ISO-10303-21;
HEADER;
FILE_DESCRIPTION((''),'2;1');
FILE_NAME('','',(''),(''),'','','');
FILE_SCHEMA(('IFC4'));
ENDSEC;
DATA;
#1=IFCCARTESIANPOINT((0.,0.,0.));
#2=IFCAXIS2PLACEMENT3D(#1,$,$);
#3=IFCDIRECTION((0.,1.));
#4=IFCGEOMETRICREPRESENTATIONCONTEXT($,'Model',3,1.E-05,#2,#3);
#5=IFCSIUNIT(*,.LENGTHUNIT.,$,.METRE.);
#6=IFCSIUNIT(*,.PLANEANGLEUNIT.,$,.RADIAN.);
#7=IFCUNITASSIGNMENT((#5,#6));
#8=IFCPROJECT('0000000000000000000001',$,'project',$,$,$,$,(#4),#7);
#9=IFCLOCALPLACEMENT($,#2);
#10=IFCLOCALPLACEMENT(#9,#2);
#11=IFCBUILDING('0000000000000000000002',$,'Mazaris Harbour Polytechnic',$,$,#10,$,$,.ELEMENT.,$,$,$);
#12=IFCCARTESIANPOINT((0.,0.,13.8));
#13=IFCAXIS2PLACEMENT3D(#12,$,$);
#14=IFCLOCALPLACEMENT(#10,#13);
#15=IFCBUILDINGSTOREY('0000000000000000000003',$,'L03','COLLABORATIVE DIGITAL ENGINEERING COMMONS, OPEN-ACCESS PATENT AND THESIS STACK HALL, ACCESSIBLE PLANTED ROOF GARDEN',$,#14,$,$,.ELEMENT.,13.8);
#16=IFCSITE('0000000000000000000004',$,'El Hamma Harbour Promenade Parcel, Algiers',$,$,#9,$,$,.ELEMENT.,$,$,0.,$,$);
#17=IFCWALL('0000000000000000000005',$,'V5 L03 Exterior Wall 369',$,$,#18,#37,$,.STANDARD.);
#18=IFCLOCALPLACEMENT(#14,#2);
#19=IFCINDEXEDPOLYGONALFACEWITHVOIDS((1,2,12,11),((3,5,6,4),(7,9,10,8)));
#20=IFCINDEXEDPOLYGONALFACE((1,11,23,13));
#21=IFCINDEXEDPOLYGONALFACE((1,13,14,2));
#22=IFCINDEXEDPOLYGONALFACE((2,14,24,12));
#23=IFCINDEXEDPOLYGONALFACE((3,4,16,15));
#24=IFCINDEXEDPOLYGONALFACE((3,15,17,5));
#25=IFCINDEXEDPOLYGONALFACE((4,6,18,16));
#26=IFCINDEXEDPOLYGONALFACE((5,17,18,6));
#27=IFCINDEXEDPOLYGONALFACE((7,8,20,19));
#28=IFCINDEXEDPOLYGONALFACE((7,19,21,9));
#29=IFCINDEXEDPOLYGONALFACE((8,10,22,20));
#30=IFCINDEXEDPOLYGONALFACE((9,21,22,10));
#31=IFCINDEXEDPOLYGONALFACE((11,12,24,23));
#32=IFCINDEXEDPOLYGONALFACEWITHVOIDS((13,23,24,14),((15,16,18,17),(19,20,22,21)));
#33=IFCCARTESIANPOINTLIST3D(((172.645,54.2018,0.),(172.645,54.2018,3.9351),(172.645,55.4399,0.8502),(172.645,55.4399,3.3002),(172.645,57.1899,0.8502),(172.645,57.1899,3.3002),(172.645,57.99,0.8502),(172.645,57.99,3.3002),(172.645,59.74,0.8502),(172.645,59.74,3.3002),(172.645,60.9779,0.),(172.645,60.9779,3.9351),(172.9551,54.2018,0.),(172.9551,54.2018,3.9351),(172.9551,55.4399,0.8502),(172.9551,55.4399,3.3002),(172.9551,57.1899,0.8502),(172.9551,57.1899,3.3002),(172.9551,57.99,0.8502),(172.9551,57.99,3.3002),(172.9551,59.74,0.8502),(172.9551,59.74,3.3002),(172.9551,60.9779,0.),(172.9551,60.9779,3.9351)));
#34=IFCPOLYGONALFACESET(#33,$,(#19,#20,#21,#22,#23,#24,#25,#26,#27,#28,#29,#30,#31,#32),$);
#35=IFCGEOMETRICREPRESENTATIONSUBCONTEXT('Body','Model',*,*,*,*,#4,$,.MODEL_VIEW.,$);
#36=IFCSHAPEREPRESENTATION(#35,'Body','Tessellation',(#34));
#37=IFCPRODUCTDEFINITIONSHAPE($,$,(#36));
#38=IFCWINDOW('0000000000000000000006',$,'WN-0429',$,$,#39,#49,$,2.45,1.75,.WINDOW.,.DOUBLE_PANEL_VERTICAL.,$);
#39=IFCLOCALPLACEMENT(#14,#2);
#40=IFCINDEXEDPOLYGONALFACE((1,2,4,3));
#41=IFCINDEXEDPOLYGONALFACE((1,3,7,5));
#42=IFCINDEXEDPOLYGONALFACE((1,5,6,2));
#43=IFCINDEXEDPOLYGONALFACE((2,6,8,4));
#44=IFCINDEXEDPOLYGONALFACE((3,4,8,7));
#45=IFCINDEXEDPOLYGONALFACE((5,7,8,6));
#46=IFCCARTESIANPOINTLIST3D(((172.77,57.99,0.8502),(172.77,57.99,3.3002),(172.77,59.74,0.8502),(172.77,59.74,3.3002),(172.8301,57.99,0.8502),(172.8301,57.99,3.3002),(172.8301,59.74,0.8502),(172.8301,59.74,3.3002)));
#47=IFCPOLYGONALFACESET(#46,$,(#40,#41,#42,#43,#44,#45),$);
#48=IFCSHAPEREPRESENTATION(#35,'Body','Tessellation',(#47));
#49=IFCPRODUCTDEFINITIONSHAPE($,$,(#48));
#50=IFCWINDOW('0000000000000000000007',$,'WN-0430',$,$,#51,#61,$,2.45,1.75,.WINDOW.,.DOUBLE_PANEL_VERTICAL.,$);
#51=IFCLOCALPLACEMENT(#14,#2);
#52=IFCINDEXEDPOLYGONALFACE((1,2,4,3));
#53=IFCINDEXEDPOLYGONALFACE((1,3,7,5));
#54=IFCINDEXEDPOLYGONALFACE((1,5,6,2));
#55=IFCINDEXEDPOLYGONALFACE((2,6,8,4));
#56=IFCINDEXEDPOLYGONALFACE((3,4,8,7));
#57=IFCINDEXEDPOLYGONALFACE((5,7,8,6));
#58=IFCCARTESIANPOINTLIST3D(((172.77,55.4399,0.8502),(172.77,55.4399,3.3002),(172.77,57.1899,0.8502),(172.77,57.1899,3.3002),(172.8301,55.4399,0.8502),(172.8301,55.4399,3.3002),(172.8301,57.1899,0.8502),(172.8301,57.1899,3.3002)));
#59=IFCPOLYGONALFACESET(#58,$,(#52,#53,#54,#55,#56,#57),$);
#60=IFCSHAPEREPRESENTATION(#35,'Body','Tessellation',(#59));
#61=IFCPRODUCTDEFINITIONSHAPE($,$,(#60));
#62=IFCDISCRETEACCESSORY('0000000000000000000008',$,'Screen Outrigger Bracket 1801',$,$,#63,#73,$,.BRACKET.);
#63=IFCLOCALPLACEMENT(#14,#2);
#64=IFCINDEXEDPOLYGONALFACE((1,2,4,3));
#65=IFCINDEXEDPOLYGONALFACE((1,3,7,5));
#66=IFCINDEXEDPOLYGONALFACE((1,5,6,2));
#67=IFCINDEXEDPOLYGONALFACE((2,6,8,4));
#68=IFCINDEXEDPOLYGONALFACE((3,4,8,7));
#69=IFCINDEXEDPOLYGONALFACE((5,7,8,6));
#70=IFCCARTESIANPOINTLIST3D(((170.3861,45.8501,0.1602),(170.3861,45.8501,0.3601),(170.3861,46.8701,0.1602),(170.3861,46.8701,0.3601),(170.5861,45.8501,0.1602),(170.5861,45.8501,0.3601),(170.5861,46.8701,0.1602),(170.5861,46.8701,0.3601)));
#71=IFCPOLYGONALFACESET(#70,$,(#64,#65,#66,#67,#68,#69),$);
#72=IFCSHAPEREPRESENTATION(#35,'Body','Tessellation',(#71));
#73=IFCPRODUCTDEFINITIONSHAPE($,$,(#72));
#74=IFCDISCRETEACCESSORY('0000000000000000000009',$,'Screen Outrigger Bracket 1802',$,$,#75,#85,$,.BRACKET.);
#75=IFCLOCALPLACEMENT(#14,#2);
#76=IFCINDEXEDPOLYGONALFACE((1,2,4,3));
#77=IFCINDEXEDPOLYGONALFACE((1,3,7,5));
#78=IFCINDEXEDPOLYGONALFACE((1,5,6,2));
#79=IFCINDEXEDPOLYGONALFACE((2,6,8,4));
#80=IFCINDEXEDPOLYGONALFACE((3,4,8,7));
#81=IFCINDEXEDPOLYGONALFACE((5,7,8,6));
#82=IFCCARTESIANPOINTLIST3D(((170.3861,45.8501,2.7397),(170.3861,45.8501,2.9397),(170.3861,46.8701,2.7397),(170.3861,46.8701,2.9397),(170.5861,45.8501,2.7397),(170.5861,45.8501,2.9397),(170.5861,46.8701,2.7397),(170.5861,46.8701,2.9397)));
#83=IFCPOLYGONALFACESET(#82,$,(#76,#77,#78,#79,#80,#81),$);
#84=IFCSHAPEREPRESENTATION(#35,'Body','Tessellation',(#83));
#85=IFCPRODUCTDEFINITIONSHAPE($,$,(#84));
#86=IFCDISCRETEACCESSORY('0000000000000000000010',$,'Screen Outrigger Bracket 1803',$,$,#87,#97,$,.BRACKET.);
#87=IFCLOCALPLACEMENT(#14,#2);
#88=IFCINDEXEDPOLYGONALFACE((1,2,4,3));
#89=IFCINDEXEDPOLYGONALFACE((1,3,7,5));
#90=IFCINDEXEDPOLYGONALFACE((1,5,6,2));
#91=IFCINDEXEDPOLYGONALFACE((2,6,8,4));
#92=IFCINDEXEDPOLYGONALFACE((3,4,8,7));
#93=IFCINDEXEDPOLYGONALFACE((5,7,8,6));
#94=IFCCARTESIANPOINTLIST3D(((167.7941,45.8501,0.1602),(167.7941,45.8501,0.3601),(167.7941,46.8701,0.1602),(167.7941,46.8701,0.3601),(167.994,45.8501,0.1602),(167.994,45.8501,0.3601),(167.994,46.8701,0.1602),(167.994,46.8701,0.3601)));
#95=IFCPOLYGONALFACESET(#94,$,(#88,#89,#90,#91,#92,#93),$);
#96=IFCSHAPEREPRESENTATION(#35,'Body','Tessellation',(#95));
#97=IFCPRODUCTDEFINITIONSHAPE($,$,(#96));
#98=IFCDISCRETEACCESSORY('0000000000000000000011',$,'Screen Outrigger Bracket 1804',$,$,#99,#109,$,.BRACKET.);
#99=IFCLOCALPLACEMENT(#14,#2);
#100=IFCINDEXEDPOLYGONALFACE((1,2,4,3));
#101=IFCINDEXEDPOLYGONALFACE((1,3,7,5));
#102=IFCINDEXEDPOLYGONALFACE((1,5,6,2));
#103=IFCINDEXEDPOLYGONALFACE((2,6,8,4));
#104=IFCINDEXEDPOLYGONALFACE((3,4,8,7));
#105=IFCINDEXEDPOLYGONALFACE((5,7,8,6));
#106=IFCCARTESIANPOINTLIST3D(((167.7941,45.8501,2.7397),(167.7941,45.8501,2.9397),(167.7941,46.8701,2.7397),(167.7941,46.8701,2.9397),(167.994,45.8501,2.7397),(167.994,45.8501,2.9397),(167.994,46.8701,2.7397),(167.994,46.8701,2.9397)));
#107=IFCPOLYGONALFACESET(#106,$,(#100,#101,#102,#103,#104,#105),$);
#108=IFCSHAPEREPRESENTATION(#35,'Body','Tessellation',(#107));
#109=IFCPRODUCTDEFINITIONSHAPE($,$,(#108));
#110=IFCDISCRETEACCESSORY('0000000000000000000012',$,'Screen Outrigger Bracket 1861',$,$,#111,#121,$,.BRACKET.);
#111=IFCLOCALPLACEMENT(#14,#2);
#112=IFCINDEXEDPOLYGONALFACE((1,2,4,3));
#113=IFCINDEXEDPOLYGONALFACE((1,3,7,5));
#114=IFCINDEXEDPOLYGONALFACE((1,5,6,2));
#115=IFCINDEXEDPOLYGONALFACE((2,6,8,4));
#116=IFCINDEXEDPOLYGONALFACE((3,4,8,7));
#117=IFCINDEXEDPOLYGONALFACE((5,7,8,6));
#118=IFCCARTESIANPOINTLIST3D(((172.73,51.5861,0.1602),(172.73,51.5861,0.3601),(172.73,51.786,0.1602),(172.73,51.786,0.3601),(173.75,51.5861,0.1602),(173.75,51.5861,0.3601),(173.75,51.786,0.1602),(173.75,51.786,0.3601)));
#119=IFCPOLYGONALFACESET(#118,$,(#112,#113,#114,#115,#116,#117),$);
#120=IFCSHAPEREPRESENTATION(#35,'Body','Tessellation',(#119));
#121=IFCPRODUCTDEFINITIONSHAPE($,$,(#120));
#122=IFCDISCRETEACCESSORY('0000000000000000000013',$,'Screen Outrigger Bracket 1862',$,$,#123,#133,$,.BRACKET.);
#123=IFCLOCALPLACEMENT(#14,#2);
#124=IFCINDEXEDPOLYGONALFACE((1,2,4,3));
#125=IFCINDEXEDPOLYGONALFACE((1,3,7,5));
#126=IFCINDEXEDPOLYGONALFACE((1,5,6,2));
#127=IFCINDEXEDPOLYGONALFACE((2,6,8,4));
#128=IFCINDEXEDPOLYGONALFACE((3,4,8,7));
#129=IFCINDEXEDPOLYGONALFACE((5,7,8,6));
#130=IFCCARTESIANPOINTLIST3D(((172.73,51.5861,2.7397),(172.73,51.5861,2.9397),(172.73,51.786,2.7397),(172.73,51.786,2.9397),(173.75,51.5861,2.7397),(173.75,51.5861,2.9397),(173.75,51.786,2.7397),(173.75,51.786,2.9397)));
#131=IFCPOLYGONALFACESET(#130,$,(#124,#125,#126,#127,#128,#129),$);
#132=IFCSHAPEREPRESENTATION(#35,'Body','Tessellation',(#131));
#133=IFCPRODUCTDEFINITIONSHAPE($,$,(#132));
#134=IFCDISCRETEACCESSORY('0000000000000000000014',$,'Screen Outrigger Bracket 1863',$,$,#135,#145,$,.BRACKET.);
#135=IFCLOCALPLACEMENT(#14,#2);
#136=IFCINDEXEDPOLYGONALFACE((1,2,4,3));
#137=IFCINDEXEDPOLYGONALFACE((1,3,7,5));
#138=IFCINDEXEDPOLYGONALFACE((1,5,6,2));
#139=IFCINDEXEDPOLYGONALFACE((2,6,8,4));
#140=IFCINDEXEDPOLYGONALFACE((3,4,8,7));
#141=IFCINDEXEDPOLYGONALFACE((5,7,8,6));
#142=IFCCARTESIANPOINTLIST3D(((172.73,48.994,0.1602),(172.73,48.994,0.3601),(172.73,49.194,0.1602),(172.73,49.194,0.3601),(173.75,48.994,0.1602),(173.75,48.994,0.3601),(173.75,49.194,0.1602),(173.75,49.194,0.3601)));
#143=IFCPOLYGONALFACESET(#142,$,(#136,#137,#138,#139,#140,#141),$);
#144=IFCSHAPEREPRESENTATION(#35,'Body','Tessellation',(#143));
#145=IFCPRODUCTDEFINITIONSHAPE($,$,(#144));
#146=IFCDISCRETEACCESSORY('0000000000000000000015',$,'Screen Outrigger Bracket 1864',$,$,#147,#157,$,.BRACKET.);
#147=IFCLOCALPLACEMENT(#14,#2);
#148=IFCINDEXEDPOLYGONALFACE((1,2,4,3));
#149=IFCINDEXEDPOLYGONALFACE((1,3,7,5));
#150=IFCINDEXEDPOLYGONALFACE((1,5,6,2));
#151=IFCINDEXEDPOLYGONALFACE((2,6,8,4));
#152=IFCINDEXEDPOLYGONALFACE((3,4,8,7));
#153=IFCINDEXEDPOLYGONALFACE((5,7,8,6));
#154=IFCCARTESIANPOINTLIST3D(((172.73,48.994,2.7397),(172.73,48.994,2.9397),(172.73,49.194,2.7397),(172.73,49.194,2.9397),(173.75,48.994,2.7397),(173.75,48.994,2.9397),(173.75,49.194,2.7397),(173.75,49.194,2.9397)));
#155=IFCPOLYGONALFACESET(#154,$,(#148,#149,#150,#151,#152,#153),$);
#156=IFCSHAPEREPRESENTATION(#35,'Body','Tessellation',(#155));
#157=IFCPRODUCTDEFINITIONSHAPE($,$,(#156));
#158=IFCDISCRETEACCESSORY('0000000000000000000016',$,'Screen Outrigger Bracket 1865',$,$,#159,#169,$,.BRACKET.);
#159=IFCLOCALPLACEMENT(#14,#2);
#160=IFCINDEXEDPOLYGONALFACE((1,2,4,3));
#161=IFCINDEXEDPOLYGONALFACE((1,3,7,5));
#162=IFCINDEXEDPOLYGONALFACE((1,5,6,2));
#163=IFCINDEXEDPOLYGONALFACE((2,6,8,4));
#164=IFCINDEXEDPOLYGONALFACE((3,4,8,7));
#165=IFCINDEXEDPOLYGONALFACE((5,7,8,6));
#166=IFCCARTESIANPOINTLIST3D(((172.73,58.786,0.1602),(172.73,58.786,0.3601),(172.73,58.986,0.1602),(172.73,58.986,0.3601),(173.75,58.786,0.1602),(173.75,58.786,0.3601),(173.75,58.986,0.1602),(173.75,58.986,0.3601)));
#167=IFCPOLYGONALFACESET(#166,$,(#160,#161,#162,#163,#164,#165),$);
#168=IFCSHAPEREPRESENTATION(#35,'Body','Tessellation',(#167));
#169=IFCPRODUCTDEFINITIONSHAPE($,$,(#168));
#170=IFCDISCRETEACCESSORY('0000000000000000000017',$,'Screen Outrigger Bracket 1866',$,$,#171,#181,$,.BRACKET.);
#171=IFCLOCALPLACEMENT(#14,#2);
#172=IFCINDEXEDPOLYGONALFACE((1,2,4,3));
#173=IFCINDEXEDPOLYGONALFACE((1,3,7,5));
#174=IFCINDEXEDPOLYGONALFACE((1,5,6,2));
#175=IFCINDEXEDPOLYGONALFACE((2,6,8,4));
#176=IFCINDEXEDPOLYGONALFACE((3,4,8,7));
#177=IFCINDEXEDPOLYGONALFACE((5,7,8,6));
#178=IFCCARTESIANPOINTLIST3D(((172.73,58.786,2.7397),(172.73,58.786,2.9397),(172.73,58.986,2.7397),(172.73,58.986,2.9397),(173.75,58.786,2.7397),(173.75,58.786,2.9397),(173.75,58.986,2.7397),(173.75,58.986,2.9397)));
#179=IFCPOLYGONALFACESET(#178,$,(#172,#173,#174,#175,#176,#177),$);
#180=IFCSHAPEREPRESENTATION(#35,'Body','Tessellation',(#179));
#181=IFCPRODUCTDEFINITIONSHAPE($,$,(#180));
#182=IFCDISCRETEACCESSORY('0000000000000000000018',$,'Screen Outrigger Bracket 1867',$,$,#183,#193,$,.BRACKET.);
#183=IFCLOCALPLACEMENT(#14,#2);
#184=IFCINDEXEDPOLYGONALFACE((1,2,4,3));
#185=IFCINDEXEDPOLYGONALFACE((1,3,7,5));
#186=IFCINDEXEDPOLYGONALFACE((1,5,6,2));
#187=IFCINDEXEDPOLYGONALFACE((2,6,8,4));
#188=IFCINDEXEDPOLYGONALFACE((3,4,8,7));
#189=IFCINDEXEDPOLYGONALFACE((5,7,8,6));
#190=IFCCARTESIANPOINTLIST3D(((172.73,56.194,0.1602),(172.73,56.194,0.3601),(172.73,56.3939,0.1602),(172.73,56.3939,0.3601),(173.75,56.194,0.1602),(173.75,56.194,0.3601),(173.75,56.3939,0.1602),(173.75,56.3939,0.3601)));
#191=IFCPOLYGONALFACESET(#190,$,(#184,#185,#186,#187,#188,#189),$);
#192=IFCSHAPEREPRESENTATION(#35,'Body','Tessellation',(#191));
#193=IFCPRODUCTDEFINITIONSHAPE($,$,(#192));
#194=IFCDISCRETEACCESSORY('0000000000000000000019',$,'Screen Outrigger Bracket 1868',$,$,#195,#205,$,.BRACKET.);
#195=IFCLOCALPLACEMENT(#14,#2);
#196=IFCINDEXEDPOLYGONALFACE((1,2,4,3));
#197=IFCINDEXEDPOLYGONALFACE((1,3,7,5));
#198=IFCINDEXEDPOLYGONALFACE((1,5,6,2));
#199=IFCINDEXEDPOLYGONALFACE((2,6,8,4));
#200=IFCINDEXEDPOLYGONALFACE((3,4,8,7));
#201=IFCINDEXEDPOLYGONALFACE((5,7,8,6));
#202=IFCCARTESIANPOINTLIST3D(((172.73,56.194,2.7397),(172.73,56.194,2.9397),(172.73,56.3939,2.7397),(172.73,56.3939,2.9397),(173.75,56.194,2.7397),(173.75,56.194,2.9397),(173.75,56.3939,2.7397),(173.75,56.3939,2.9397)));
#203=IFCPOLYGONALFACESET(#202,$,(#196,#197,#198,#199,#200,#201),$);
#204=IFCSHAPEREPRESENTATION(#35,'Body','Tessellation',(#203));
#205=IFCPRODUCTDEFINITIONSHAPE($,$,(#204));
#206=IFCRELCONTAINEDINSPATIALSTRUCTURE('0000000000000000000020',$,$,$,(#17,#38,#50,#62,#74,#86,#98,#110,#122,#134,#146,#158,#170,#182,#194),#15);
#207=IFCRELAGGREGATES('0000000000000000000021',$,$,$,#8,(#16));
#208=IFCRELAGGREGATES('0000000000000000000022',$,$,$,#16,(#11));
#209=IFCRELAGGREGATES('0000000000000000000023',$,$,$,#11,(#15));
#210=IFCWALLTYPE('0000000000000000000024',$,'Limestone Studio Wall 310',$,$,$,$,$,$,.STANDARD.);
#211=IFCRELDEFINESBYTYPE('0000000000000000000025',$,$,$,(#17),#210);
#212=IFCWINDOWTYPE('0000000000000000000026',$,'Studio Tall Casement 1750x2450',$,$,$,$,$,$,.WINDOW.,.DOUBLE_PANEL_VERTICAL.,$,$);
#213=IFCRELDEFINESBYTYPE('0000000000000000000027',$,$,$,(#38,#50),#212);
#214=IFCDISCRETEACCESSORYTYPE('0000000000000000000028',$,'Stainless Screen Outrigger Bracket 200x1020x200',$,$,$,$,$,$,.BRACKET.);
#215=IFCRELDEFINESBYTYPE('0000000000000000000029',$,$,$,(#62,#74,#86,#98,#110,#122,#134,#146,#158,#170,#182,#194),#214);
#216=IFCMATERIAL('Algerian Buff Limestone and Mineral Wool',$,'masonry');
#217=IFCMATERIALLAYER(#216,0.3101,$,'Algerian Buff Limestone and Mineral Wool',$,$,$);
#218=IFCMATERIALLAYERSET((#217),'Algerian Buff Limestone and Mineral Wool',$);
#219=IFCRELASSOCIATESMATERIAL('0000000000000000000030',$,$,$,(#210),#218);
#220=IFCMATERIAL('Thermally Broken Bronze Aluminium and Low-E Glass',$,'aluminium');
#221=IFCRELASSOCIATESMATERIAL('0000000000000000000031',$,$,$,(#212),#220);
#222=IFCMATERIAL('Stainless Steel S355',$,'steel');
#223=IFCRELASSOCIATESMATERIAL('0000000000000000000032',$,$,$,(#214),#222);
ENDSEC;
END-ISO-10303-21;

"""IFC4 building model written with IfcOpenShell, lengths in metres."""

from ifc_helpers import new_model, si_unit, direction, frame, frame_2d, origin, origin_2d, place, context, subcontext, project, spatial, rectangle, extrude, material, layer, layer_set, type_object, element, fill, save


model = new_model("IFC4")

# Units and contexts
model_context = context("Model", 3, precision=1e-05, world=origin(), true_north=direction((0.0, 1.0)))
body_context = subcontext(model_context, "Body", "Model", "MODEL_VIEW")
ifc_project = project(units=[si_unit("LENGTHUNIT", "METRE"), si_unit("PLANEANGLEUNIT", "RADIAN")], contexts=[model_context])

# Site, building, storey
site_placement = place(None, origin())
site = spatial("IfcSite", under=ifc_project, at=site_placement, Name="El Hamma Harbour Promenade Parcel, Algiers", CompositionType="ELEMENT", RefElevation=0.0)
building_placement = place(site_placement, origin())
building = spatial("IfcBuilding", under=site, at=building_placement, Name="Mazaris Harbour Polytechnic", CompositionType="ELEMENT")
storey_placement = place(building_placement, frame((0.0, 0.0, 13.8)))
storey = spatial("IfcBuildingStorey", under=building, at=storey_placement, Name="L03", Description="COLLABORATIVE DIGITAL ENGINEERING COMMONS, OPEN-ACCESS PATENT AND THESIS STACK HALL, ACCESSIBLE PLANTED ROOF GARDEN", CompositionType="ELEMENT", Elevation=13.8)

# Wall, openings, windows
ifc_material_1 = material(Name="Algerian Buff Limestone and Mineral Wool", Category="masonry")
ifc_layer = layer(ifc_material_1, 0.3101, Name="Algerian Buff Limestone and Mineral Wool")
ifc_layer_set = layer_set([ifc_layer], Name="Algerian Buff Limestone and Mineral Wool")
wall_type = type_object("IfcWallType", Name="Limestone Studio Wall 310", PredefinedType="STANDARD", material=ifc_layer_set)
wall_1_placement = place(storey_placement, frame((172.8, 60.978, 0.0), z_axis=(0.0, 0.0, 1.0), x_axis=(0.0, -1.0, 0.0)))
wall_1 = element("IfcWall", 1, at=wall_1_placement, inside=storey, type_object=wall_type, Name="V5 L03 Exterior Wall 369", PredefinedType="STANDARD", context=body_context, shape_type="SweptSolid", body=[
    extrude(rectangle(XDim=6.7761, YDim=0.3101, at=frame_2d((3.3882, 0.0))), origin(), (0.0, 0.0, 1.0), 3.9351),
])
opening_1_placement = place(wall_1_placement, frame((1.238, 0.0, 0.8501)))
opening_1 = element("IfcOpeningElement", 2, at=opening_1_placement, cuts=wall_1, PredefinedType="OPENING", context=body_context, shape_type="SweptSolid", body=[
    extrude(rectangle(XDim=1.75, YDim=2.45, at=frame_2d((0.875, 1.2251))), frame((0.0, 0.165, 0.0), z_axis=(0.0, -1.0, 0.0), x_axis=(1.0, 0.0, 0.0)), (0.0, 0.0, 1.0), 0.3301),
])
opening_2_placement = place(wall_1_placement, frame((3.7881, 0.0, 0.8501)))
opening_2 = element("IfcOpeningElement", 3, at=opening_2_placement, cuts=wall_1, PredefinedType="OPENING", context=body_context, shape_type="SweptSolid", body=[
    extrude(rectangle(XDim=1.75, YDim=2.45, at=frame_2d((0.875, 1.2251))), frame((0.0, 0.165, 0.0), z_axis=(0.0, -1.0, 0.0), x_axis=(1.0, 0.0, 0.0)), (0.0, 0.0, 1.0), 0.3301),
])
ifc_material_2 = material(Name="Thermally Broken Bronze Aluminium and Low-E Glass", Category="aluminium")
window_type_1 = type_object("IfcWindowType", Name="Studio Tall Casement 1750x2450", PartitioningType="DOUBLE_PANEL_VERTICAL", PredefinedType="WINDOW", material=ifc_material_2)
window_1_placement = place(opening_1_placement, origin())
window_1 = element("IfcWindow", 4, at=window_1_placement, inside=storey, type_object=window_type_1, Name="WN-0429", OverallHeight=2.45, OverallWidth=1.75, PartitioningType="DOUBLE_PANEL_VERTICAL", PredefinedType="WINDOW", context=body_context, shape_type="SweptSolid", body=[
    extrude(rectangle(XDim=1.75, YDim=2.45, at=frame_2d((0.875, 1.2251))), frame((0.0, 0.03, 0.0), z_axis=(0.0, -1.0, 0.0), x_axis=(1.0, 0.0, 0.0)), (0.0, 0.0, 1.0), 0.0601),
])
fill(opening_1, window_1)
window_2_placement = place(opening_2_placement, origin())
window_2 = element("IfcWindow", 5, at=window_2_placement, inside=storey, type_object=window_type_1, Name="WN-0430", OverallHeight=2.45, OverallWidth=1.75, PartitioningType="DOUBLE_PANEL_VERTICAL", PredefinedType="WINDOW", context=body_context, shape_type="SweptSolid", body=[
    extrude(rectangle(XDim=1.75, YDim=2.45, at=frame_2d((0.875, 1.2251))), frame((0.0, 0.03, 0.0), z_axis=(0.0, -1.0, 0.0), x_axis=(1.0, 0.0, 0.0)), (0.0, 0.0, 1.0), 0.0601),
])
fill(opening_2, window_2)

# Discrete accessories
ifc_material_3 = material(Name="Stainless Steel S355", Category="steel")
discrete_accessory_type = type_object("IfcDiscreteAccessoryType", Name="Stainless Screen Outrigger Bracket 200x1020x200", PredefinedType="BRACKET", material=ifc_material_3)
for number, where, z_axis, x_axis, name in (
    (6, (170.4861, 46.3601, 0.1602), (0.0, 0.0, 1.0), (-1.0, 0.0, 0.0), "Screen Outrigger Bracket 1801"),
    (7, (170.4861, 46.3601, 2.7397), (0.0, 0.0, 1.0), (-1.0, 0.0, 0.0), "Screen Outrigger Bracket 1802"),
    (8, (167.894, 46.3601, 0.1602), (0.0, 0.0, 1.0), (-1.0, 0.0, 0.0), "Screen Outrigger Bracket 1803"),
    (9, (167.894, 46.3601, 2.7397), (0.0, 0.0, 1.0), (-1.0, 0.0, 0.0), "Screen Outrigger Bracket 1804"),
    (10, (173.24, 51.686, 0.1602), (0.0, 0.0, 1.0), (0.0, -1.0, 0.0), "Screen Outrigger Bracket 1861"),
    (11, (173.24, 51.686, 2.7397), (0.0, 0.0, 1.0), (0.0, -1.0, 0.0), "Screen Outrigger Bracket 1862"),
    (12, (173.24, 49.094, 0.1602), (0.0, 0.0, 1.0), (0.0, -1.0, 0.0), "Screen Outrigger Bracket 1863"),
    (13, (173.24, 49.094, 2.7397), (0.0, 0.0, 1.0), (0.0, -1.0, 0.0), "Screen Outrigger Bracket 1864"),
    (14, (173.24, 58.886, 0.1602), (0.0, 0.0, 1.0), (0.0, -1.0, 0.0), "Screen Outrigger Bracket 1865"),
    (15, (173.24, 58.886, 2.7397), (0.0, 0.0, 1.0), (0.0, -1.0, 0.0), "Screen Outrigger Bracket 1866"),
    (16, (173.24, 56.2939, 0.1602), (0.0, 0.0, 1.0), (0.0, -1.0, 0.0), "Screen Outrigger Bracket 1867"),
    (17, (173.24, 56.2939, 2.7397), (0.0, 0.0, 1.0), (0.0, -1.0, 0.0), "Screen Outrigger Bracket 1868"),
):
    element("IfcDiscreteAccessory", number, at=place(storey_placement, frame(where, z_axis=z_axis, x_axis=x_axis)), inside=storey, type_object=discrete_accessory_type, Name=name, PredefinedType="BRACKET", context=body_context, shape_type="SweptSolid", body=[
        extrude(rectangle(XDim=0.2, YDim=1.02, at=origin_2d()), origin(), (0.0, 0.0, 1.0), 0.2),
    ])

save(model, "model.ifc")
